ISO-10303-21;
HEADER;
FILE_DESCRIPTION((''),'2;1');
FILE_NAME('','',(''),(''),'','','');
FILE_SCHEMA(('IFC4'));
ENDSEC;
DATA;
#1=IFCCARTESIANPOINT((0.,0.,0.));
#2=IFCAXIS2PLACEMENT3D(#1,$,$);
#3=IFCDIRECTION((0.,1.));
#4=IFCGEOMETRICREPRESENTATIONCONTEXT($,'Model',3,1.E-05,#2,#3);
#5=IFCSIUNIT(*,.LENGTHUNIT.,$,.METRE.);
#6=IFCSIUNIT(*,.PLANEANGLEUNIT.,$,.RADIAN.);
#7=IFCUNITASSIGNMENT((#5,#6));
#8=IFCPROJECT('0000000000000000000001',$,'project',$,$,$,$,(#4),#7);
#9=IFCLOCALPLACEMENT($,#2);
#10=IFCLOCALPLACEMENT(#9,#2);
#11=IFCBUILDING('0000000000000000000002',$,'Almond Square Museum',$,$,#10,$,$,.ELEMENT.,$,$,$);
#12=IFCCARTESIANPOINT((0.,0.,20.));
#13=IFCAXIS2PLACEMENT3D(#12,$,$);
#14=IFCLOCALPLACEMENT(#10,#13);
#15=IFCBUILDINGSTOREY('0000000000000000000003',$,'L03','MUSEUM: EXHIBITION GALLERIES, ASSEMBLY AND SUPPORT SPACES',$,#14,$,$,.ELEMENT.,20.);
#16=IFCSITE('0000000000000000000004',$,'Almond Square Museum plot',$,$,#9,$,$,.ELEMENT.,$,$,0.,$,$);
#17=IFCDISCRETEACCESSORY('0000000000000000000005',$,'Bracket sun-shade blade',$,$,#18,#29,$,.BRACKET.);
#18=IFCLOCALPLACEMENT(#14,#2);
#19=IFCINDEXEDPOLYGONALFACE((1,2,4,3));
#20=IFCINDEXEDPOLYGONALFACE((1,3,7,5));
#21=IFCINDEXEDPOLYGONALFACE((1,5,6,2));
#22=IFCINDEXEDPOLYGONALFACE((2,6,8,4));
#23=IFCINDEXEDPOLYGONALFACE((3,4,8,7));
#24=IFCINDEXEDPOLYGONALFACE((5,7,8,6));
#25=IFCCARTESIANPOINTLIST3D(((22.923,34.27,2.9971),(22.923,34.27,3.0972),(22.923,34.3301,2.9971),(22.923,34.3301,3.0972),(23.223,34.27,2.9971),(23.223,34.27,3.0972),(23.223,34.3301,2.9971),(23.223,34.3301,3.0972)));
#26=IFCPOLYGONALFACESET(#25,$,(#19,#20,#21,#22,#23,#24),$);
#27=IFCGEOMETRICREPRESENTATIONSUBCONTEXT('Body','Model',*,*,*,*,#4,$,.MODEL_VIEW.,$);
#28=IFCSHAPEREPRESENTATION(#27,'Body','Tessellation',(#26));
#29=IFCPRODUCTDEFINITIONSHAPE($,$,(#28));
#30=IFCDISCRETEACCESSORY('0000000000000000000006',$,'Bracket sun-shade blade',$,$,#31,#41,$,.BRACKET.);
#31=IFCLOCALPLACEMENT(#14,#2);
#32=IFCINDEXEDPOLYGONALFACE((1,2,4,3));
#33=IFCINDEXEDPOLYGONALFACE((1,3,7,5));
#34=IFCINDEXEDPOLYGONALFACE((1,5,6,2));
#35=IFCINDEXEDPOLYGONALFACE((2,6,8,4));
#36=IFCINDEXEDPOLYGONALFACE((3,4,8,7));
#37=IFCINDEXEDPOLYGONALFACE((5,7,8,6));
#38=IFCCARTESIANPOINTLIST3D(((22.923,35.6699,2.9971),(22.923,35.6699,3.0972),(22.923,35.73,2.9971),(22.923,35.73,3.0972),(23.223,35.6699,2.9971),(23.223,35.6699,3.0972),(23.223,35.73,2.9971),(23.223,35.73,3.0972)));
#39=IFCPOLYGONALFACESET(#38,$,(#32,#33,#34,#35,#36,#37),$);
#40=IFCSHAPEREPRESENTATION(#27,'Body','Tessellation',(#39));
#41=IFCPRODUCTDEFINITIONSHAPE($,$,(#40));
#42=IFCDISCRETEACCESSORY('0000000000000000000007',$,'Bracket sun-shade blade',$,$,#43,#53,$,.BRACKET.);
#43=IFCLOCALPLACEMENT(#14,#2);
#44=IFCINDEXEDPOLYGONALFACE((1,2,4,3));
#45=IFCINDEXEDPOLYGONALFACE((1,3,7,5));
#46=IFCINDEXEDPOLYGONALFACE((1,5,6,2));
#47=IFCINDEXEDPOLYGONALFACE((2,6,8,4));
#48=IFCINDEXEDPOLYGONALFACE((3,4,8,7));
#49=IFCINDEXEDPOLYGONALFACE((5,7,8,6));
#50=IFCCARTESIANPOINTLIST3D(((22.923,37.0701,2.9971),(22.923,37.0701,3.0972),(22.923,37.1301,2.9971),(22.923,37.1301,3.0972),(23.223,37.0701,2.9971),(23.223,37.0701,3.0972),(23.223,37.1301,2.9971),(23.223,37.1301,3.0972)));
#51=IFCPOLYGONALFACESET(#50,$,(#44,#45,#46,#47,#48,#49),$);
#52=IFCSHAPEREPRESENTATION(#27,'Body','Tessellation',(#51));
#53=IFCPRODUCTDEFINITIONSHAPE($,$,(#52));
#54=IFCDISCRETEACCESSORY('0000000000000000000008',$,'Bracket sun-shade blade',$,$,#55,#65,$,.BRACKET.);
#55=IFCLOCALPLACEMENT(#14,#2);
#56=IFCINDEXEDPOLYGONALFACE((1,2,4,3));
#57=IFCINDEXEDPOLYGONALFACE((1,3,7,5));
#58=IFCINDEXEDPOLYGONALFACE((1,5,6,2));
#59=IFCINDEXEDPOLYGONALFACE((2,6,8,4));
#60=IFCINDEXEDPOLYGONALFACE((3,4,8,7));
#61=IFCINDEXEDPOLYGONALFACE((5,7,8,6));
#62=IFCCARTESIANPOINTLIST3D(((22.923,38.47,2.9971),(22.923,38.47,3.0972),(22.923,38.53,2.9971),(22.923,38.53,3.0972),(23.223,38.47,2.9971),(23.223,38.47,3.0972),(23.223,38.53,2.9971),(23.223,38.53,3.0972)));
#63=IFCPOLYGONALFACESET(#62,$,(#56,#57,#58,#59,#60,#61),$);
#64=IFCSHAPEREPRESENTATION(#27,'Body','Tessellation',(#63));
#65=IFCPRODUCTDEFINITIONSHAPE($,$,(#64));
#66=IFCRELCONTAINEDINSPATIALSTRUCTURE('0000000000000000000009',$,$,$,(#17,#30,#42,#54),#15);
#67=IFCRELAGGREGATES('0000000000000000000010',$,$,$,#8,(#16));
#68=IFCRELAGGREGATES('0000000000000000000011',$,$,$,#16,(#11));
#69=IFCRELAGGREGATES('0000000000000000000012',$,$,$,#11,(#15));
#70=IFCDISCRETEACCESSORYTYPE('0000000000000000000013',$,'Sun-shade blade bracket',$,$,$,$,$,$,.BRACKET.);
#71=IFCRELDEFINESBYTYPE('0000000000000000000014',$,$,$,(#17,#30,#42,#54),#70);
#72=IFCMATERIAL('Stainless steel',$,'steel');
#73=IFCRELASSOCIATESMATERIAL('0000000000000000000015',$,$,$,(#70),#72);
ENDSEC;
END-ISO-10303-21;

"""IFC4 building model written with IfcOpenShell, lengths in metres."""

from ifc_helpers import new_model, si_unit, direction, frame, origin, origin_2d, place, context, subcontext, project, spatial, rectangle, extrude, material, type_object, element, save


model = new_model("IFC4")

# Units and contexts
model_context = context("Model", 3, precision=1e-05, world=origin(), true_north=direction((0.0, 1.0)))
body_context = subcontext(model_context, "Body", "Model", "MODEL_VIEW")
ifc_project = project(units=[si_unit("LENGTHUNIT", "METRE"), si_unit("PLANEANGLEUNIT", "RADIAN")], contexts=[model_context])

# Site, building, storey
site_placement = place(None, origin())
site = spatial("IfcSite", under=ifc_project, at=site_placement, Name="Almond Square Museum plot", CompositionType="ELEMENT", RefElevation=0.0)
building_placement = place(site_placement, origin())
building = spatial("IfcBuilding", under=site, at=building_placement, Name="Almond Square Museum", CompositionType="ELEMENT")
storey_placement = place(building_placement, frame((0.0, 0.0, 20.0)))
storey = spatial("IfcBuildingStorey", under=building, at=storey_placement, Name="L03", Description="MUSEUM: EXHIBITION GALLERIES, ASSEMBLY AND SUPPORT SPACES", CompositionType="ELEMENT", Elevation=20.0)

# Discrete accessories
ifc_material_1 = material(Name="Stainless steel", Category="steel")
discrete_accessory_type = type_object("IfcDiscreteAccessoryType", Name="Sun-shade blade bracket", PredefinedType="BRACKET", material=ifc_material_1)
for number, where, z_axis, x_axis, name in (
    (1, (23.073, 34.3, 2.9971), (0.0, 0.0, 1.0), (1.0, 0.0, 0.0), "Bracket sun-shade blade"),
    (2, (23.073, 35.7, 2.9971), (0.0, 0.0, 1.0), (1.0, 0.0, 0.0), "Bracket sun-shade blade"),
    (3, (23.073, 37.1001, 2.9971), (0.0, 0.0, 1.0), (1.0, 0.0, 0.0), "Bracket sun-shade blade"),
    (4, (23.073, 38.5, 2.9971), (0.0, 0.0, 1.0), (1.0, 0.0, 0.0), "Bracket sun-shade blade"),
):
    element("IfcDiscreteAccessory", number, at=place(storey_placement, frame(where, z_axis=z_axis, x_axis=x_axis)), inside=storey, type_object=discrete_accessory_type, Name=name, PredefinedType="BRACKET", context=body_context, shape_type="SweptSolid", body=[
        extrude(rectangle(XDim=0.3, YDim=0.0601, at=origin_2d()), origin(), (0.0, 0.0, 1.0), 0.1001),
    ])

save(model, "model.ifc")
